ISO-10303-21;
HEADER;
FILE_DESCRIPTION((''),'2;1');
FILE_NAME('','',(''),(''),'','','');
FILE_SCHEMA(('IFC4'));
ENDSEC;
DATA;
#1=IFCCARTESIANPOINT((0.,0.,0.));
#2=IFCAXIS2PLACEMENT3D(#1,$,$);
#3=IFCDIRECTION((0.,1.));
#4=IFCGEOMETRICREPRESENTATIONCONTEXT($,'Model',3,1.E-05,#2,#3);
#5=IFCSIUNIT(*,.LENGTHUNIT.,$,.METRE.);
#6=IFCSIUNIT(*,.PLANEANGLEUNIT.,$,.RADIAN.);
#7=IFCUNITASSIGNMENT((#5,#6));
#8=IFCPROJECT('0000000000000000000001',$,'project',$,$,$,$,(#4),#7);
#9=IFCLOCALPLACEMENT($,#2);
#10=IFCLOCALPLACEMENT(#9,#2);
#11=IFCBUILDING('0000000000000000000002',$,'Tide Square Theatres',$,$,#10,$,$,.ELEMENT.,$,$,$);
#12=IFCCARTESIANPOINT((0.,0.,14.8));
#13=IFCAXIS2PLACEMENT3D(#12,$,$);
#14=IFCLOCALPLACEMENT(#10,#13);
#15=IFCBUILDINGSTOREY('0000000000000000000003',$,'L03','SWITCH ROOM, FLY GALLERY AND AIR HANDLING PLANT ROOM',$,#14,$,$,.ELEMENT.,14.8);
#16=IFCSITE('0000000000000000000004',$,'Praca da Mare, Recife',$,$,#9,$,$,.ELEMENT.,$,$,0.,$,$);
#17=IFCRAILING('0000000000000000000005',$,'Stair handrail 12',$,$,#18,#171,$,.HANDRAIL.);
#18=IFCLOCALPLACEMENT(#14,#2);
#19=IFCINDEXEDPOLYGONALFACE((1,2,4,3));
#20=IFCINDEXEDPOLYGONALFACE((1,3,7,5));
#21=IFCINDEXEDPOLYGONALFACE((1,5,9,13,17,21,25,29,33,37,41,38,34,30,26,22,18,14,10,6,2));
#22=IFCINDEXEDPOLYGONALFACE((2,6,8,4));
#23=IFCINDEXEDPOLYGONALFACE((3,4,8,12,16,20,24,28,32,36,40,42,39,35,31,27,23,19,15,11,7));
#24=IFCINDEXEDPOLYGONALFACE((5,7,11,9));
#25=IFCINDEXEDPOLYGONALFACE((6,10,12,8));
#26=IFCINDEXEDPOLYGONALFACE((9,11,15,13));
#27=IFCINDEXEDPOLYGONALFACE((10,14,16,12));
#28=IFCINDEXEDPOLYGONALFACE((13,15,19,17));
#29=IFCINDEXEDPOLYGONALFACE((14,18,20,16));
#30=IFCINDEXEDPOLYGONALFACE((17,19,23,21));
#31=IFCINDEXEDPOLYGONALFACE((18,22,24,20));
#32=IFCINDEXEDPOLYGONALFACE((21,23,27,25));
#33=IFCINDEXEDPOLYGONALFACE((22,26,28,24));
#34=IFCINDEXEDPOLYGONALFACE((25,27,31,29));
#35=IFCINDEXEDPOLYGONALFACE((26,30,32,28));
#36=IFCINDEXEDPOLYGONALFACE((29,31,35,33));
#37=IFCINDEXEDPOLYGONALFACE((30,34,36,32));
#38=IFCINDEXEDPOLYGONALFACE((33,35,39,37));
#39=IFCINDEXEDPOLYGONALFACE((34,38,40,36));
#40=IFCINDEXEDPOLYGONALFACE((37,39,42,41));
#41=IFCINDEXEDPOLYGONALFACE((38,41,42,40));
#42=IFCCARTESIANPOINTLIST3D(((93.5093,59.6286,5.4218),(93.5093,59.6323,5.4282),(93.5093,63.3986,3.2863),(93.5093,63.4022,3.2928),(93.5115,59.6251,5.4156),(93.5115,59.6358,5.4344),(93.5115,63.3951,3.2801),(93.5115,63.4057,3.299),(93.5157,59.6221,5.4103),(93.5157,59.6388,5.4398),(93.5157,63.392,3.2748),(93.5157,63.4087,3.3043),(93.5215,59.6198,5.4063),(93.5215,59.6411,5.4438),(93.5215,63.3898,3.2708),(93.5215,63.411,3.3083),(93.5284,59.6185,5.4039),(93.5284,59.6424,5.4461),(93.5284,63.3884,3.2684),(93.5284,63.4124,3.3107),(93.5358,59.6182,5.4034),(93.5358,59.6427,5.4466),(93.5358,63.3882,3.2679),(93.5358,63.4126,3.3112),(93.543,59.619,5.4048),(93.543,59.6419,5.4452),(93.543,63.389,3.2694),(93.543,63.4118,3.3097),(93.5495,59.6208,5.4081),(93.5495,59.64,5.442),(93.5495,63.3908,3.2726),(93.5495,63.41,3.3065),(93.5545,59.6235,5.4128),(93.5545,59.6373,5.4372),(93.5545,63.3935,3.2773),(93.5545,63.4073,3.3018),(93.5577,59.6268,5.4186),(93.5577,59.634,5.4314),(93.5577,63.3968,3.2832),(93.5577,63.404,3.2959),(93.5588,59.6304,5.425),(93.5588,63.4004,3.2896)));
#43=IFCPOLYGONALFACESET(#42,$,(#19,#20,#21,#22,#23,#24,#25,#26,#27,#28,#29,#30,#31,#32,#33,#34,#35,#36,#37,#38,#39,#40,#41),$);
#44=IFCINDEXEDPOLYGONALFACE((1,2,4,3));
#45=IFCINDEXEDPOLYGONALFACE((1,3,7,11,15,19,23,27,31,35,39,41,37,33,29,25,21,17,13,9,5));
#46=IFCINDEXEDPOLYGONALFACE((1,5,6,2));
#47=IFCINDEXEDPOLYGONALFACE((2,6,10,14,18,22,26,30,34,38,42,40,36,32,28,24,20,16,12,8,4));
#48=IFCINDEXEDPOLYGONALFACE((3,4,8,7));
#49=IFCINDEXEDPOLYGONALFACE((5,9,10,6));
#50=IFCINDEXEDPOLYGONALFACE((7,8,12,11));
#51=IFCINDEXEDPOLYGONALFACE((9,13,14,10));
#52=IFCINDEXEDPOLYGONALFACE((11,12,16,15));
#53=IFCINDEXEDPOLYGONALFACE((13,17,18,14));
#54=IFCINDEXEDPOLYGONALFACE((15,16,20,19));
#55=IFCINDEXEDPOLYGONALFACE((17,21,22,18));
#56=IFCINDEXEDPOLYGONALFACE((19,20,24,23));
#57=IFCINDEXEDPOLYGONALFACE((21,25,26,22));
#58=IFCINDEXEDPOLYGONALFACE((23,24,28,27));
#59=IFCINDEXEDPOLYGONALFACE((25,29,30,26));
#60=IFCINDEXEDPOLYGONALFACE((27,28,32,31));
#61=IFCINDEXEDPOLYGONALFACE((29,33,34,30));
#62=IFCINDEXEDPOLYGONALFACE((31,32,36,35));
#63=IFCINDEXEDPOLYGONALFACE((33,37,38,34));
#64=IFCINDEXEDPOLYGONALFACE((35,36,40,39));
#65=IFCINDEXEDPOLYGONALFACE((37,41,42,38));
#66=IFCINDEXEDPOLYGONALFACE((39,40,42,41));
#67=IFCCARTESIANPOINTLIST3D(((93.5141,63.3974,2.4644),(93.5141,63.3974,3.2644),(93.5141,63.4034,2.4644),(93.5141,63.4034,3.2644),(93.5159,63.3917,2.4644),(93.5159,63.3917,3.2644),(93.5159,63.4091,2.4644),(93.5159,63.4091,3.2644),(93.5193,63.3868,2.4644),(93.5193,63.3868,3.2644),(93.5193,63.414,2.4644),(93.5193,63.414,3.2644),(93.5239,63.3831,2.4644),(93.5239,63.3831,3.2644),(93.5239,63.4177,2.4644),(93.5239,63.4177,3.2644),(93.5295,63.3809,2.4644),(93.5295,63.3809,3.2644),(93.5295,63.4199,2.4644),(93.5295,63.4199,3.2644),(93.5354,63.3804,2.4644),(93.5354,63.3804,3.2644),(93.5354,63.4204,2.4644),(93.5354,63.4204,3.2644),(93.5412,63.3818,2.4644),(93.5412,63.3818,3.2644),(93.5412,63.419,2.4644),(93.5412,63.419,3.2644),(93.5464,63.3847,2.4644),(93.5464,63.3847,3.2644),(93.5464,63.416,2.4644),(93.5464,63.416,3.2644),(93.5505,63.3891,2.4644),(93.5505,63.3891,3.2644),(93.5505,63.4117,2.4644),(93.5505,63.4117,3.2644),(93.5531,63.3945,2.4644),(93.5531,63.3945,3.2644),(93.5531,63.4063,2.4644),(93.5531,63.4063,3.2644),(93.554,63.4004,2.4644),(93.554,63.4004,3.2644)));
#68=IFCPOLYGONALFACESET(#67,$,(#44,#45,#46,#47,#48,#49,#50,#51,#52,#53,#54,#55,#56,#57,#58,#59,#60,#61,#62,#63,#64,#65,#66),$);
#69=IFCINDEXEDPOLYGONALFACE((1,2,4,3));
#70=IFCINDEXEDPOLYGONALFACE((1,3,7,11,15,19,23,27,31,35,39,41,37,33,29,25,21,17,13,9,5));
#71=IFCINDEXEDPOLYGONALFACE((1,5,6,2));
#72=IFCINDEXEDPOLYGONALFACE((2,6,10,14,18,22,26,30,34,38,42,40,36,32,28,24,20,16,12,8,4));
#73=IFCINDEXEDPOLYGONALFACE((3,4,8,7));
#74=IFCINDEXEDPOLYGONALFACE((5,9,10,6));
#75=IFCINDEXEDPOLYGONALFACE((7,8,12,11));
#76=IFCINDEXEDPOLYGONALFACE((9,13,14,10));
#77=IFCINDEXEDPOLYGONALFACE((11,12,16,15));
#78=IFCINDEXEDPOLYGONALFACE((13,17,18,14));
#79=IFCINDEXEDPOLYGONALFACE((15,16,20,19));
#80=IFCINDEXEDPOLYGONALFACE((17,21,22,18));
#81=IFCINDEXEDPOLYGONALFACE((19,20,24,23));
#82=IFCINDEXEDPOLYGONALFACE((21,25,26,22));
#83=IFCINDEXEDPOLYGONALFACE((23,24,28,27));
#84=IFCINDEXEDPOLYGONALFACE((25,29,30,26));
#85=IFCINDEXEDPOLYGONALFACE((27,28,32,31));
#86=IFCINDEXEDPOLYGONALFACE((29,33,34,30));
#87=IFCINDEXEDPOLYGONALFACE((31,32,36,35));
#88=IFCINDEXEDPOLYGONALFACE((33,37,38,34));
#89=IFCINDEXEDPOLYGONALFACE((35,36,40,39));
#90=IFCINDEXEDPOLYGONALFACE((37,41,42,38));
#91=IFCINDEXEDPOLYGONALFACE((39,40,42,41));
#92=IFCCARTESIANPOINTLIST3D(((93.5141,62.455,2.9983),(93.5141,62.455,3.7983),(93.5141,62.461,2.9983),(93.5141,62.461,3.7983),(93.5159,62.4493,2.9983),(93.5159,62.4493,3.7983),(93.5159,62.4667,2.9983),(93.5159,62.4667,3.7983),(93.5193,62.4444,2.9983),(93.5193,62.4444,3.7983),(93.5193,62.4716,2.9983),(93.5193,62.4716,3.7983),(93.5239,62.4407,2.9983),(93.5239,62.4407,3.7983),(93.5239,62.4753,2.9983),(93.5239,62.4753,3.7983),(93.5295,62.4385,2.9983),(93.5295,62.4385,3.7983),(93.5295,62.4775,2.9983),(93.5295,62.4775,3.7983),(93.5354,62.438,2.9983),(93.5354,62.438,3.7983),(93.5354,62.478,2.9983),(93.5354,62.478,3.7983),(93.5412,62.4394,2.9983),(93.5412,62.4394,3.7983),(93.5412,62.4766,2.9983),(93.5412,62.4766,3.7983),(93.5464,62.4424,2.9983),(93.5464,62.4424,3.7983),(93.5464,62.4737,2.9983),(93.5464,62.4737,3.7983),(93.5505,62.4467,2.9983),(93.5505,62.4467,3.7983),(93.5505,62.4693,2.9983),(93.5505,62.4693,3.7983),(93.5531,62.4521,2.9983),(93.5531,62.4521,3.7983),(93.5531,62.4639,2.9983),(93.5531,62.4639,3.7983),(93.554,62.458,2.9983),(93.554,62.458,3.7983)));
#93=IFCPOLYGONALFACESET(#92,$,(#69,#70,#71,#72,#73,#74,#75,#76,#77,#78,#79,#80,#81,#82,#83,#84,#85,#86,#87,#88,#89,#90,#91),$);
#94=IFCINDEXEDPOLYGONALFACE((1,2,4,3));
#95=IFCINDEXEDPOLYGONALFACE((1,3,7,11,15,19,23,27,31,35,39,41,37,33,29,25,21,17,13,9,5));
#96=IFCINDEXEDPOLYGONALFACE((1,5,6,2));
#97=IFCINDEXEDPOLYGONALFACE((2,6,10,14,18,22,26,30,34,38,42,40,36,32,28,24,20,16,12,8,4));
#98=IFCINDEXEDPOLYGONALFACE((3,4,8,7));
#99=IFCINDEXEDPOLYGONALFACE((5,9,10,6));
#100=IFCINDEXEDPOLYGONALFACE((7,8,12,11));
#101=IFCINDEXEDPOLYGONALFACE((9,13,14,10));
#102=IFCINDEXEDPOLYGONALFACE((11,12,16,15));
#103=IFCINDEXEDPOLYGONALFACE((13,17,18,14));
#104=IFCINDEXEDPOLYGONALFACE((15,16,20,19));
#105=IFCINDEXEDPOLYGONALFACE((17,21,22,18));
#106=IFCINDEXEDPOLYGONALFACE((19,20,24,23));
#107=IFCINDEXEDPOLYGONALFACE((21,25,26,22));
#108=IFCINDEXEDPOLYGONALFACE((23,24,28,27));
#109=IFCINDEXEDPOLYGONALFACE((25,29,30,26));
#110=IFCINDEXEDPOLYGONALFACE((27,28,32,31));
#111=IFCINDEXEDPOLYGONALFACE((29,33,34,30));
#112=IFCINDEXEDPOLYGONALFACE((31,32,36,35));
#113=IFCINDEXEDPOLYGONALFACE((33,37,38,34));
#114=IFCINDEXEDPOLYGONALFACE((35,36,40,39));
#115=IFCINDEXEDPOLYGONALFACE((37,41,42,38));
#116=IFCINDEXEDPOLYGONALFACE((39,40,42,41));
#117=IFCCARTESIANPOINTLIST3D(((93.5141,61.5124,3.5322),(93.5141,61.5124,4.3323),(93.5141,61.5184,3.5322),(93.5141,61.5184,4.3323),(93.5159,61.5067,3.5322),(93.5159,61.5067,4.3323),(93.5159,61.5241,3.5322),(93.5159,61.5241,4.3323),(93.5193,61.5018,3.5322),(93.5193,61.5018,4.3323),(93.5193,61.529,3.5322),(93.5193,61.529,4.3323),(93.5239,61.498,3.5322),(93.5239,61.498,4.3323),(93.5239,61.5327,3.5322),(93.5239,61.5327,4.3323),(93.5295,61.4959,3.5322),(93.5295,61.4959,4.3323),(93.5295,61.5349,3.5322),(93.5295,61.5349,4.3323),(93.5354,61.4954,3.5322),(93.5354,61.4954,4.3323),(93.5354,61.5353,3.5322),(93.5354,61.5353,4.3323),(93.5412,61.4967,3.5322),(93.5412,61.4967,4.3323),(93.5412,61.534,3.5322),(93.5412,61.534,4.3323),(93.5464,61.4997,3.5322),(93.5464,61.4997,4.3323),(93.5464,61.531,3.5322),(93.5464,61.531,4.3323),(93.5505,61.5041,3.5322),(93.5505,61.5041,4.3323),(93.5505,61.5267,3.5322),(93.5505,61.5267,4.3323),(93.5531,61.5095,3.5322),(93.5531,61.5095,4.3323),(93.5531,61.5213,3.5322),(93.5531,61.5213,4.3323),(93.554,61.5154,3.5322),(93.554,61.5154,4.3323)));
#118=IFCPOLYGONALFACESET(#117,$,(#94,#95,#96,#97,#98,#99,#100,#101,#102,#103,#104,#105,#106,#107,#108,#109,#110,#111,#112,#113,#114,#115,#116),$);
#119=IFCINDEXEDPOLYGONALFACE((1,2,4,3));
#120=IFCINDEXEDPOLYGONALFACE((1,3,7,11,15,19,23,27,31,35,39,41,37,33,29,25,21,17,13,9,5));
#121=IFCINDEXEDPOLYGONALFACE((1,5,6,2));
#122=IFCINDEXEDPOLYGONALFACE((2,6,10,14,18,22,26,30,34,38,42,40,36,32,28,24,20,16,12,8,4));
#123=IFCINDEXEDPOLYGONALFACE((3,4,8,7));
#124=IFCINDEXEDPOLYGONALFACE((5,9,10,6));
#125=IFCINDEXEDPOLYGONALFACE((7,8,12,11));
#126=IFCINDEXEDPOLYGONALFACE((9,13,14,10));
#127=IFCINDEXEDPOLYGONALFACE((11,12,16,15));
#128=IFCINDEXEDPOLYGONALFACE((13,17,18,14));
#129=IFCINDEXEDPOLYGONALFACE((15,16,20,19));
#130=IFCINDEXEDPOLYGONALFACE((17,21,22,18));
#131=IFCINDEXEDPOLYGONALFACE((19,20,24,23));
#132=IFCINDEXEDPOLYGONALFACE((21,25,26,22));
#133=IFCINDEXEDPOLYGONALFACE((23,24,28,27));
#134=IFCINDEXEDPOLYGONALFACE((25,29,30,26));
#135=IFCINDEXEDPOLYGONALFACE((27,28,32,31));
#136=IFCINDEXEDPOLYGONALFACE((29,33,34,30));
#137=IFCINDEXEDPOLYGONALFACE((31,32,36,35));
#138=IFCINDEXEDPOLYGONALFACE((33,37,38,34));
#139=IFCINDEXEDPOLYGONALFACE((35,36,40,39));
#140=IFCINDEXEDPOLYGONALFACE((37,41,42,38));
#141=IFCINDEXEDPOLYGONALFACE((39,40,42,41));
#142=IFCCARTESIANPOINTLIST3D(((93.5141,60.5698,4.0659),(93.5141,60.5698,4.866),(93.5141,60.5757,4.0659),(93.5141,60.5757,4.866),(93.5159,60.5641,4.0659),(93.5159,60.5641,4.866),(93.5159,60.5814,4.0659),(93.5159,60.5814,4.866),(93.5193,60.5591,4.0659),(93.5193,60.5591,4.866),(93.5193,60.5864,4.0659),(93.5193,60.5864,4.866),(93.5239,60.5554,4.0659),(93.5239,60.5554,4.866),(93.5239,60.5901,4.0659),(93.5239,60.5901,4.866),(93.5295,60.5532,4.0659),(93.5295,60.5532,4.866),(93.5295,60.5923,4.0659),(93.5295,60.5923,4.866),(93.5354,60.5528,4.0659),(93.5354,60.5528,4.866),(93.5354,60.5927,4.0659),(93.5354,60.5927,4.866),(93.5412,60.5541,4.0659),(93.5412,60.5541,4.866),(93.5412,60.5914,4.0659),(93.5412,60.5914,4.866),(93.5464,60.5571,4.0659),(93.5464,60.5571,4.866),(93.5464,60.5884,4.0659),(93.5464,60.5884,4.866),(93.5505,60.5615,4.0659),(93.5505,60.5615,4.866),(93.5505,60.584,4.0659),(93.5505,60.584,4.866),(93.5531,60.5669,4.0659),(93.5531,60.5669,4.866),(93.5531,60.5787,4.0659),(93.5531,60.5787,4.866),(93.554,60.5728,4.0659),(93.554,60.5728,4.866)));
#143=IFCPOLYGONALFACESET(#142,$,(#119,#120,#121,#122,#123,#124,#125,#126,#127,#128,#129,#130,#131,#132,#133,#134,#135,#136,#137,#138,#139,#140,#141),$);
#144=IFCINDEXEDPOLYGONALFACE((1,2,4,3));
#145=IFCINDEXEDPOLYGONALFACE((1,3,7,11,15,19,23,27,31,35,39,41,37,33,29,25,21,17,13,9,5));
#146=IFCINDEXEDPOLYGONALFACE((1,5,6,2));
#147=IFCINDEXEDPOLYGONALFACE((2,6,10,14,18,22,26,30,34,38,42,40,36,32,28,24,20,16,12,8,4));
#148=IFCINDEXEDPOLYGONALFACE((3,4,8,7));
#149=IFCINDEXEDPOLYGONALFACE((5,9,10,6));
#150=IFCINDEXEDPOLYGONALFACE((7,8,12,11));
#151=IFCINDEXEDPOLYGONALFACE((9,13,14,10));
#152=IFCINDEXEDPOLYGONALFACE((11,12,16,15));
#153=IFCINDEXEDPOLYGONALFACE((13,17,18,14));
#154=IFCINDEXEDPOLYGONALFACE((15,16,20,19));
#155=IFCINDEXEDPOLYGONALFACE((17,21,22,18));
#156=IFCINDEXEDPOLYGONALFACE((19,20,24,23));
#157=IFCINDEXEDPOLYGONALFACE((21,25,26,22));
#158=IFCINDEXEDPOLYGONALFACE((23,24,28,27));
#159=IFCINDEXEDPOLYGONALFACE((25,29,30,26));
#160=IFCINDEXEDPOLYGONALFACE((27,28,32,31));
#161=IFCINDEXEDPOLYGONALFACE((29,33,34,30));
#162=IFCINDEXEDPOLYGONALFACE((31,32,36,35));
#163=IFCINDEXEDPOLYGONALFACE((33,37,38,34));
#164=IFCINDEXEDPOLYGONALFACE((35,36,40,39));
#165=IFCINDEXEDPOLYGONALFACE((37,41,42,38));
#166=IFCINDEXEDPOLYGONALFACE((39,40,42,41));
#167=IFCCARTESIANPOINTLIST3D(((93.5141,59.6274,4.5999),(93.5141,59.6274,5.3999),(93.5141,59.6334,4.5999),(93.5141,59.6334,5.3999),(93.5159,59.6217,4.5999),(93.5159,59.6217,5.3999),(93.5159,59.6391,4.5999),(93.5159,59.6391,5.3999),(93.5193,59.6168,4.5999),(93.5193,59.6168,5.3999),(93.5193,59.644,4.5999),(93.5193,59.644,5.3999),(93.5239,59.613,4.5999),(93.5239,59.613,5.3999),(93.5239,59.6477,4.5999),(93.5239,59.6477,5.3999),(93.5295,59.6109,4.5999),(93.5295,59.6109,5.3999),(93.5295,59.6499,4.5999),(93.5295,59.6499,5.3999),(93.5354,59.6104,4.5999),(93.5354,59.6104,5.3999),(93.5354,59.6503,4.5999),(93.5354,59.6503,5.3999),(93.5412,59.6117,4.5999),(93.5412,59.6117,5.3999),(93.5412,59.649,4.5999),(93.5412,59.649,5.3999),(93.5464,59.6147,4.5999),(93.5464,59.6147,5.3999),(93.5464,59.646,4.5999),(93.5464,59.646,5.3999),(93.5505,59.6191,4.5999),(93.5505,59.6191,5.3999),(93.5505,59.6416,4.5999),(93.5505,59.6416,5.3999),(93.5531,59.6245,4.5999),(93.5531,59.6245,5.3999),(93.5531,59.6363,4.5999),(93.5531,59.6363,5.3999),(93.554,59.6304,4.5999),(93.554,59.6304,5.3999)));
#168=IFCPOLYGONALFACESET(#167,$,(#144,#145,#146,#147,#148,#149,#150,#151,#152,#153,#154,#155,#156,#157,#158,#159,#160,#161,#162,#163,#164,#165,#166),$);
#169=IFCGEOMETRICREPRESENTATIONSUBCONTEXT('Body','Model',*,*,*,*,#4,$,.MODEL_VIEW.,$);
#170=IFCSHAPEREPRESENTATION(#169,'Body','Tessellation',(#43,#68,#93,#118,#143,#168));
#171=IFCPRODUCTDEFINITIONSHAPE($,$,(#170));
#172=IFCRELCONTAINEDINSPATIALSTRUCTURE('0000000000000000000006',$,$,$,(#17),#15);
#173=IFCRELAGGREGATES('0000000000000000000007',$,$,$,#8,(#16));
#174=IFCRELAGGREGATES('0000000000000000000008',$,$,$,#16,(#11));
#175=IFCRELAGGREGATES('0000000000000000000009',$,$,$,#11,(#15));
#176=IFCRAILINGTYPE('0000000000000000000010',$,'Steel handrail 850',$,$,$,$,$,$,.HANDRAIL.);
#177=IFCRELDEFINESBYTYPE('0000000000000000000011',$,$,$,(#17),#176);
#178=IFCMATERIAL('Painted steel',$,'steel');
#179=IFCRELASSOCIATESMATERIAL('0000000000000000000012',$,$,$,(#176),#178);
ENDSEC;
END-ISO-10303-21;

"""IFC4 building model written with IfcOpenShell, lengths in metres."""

from ifc_helpers import new_model, si_unit, direction, frame, origin, origin_2d, place, context, subcontext, project, spatial, circle, extrude, material, type_object, element, save


model = new_model("IFC4")

# Units and contexts
model_context = context("Model", 3, precision=1e-05, world=origin(), true_north=direction((0.0, 1.0)))
body_context = subcontext(model_context, "Body", "Model", "MODEL_VIEW")
ifc_project = project(units=[si_unit("LENGTHUNIT", "METRE"), si_unit("PLANEANGLEUNIT", "RADIAN")], contexts=[model_context])

# Site, building, storey
site_placement = place(None, origin())
site = spatial("IfcSite", under=ifc_project, at=site_placement, Name="Praca da Mare, Recife", CompositionType="ELEMENT", RefElevation=0.0)
building_placement = place(site_placement, origin())
building = spatial("IfcBuilding", under=site, at=building_placement, Name="Tide Square Theatres", CompositionType="ELEMENT")
storey_placement = place(building_placement, frame((0.0, 0.0, 14.8)))
storey = spatial("IfcBuildingStorey", under=building, at=storey_placement, Name="L03", Description="SWITCH ROOM, FLY GALLERY AND AIR HANDLING PLANT ROOM", CompositionType="ELEMENT", Elevation=14.8)

# Railing
ifc_material_1 = material(Name="Painted steel", Category="steel")
railing_type_1 = type_object("IfcRailingType", Name="Steel handrail 850", PredefinedType="HANDRAIL", material=ifc_material_1)
for number, where, name in (
    (1, (93.5339, 63.4004, 2.4644), "Stair handrail 12"),
):
    element("IfcRailing", number, at=place(storey_placement, frame(where)), inside=storey, type_object=railing_type_1, Name=name, PredefinedType="HANDRAIL", context=body_context, shape_type="SweptSolid", body=[
        extrude(circle(Radius=0.0249, at=origin_2d()), frame((0.0, 0.0, 0.8252), z_axis=(0.0, -0.870106, 0.492865), x_axis=(1.0, 0.0, 0.0)), (0.0, 0.0, 1.0), 4.3328),
        extrude(circle(Radius=0.02, at=origin_2d()), origin(), (0.0, 0.0, 1.0), 0.8),
        extrude(circle(Radius=0.02, at=origin_2d()), frame((0.0, -0.9424, 0.5339)), (0.0, 0.0, 1.0), 0.8),
        extrude(circle(Radius=0.02, at=origin_2d()), frame((0.0, -1.885, 1.0679)), (0.0, 0.0, 1.0), 0.8),
        extrude(circle(Radius=0.02, at=origin_2d()), frame((0.0, -2.8276, 1.6016)), (0.0, 0.0, 1.0), 0.8),
        extrude(circle(Radius=0.02, at=origin_2d()), frame((0.0, -3.77, 2.1355)), (0.0, 0.0, 1.0), 0.8),
    ])

save(model, "model.ifc")
